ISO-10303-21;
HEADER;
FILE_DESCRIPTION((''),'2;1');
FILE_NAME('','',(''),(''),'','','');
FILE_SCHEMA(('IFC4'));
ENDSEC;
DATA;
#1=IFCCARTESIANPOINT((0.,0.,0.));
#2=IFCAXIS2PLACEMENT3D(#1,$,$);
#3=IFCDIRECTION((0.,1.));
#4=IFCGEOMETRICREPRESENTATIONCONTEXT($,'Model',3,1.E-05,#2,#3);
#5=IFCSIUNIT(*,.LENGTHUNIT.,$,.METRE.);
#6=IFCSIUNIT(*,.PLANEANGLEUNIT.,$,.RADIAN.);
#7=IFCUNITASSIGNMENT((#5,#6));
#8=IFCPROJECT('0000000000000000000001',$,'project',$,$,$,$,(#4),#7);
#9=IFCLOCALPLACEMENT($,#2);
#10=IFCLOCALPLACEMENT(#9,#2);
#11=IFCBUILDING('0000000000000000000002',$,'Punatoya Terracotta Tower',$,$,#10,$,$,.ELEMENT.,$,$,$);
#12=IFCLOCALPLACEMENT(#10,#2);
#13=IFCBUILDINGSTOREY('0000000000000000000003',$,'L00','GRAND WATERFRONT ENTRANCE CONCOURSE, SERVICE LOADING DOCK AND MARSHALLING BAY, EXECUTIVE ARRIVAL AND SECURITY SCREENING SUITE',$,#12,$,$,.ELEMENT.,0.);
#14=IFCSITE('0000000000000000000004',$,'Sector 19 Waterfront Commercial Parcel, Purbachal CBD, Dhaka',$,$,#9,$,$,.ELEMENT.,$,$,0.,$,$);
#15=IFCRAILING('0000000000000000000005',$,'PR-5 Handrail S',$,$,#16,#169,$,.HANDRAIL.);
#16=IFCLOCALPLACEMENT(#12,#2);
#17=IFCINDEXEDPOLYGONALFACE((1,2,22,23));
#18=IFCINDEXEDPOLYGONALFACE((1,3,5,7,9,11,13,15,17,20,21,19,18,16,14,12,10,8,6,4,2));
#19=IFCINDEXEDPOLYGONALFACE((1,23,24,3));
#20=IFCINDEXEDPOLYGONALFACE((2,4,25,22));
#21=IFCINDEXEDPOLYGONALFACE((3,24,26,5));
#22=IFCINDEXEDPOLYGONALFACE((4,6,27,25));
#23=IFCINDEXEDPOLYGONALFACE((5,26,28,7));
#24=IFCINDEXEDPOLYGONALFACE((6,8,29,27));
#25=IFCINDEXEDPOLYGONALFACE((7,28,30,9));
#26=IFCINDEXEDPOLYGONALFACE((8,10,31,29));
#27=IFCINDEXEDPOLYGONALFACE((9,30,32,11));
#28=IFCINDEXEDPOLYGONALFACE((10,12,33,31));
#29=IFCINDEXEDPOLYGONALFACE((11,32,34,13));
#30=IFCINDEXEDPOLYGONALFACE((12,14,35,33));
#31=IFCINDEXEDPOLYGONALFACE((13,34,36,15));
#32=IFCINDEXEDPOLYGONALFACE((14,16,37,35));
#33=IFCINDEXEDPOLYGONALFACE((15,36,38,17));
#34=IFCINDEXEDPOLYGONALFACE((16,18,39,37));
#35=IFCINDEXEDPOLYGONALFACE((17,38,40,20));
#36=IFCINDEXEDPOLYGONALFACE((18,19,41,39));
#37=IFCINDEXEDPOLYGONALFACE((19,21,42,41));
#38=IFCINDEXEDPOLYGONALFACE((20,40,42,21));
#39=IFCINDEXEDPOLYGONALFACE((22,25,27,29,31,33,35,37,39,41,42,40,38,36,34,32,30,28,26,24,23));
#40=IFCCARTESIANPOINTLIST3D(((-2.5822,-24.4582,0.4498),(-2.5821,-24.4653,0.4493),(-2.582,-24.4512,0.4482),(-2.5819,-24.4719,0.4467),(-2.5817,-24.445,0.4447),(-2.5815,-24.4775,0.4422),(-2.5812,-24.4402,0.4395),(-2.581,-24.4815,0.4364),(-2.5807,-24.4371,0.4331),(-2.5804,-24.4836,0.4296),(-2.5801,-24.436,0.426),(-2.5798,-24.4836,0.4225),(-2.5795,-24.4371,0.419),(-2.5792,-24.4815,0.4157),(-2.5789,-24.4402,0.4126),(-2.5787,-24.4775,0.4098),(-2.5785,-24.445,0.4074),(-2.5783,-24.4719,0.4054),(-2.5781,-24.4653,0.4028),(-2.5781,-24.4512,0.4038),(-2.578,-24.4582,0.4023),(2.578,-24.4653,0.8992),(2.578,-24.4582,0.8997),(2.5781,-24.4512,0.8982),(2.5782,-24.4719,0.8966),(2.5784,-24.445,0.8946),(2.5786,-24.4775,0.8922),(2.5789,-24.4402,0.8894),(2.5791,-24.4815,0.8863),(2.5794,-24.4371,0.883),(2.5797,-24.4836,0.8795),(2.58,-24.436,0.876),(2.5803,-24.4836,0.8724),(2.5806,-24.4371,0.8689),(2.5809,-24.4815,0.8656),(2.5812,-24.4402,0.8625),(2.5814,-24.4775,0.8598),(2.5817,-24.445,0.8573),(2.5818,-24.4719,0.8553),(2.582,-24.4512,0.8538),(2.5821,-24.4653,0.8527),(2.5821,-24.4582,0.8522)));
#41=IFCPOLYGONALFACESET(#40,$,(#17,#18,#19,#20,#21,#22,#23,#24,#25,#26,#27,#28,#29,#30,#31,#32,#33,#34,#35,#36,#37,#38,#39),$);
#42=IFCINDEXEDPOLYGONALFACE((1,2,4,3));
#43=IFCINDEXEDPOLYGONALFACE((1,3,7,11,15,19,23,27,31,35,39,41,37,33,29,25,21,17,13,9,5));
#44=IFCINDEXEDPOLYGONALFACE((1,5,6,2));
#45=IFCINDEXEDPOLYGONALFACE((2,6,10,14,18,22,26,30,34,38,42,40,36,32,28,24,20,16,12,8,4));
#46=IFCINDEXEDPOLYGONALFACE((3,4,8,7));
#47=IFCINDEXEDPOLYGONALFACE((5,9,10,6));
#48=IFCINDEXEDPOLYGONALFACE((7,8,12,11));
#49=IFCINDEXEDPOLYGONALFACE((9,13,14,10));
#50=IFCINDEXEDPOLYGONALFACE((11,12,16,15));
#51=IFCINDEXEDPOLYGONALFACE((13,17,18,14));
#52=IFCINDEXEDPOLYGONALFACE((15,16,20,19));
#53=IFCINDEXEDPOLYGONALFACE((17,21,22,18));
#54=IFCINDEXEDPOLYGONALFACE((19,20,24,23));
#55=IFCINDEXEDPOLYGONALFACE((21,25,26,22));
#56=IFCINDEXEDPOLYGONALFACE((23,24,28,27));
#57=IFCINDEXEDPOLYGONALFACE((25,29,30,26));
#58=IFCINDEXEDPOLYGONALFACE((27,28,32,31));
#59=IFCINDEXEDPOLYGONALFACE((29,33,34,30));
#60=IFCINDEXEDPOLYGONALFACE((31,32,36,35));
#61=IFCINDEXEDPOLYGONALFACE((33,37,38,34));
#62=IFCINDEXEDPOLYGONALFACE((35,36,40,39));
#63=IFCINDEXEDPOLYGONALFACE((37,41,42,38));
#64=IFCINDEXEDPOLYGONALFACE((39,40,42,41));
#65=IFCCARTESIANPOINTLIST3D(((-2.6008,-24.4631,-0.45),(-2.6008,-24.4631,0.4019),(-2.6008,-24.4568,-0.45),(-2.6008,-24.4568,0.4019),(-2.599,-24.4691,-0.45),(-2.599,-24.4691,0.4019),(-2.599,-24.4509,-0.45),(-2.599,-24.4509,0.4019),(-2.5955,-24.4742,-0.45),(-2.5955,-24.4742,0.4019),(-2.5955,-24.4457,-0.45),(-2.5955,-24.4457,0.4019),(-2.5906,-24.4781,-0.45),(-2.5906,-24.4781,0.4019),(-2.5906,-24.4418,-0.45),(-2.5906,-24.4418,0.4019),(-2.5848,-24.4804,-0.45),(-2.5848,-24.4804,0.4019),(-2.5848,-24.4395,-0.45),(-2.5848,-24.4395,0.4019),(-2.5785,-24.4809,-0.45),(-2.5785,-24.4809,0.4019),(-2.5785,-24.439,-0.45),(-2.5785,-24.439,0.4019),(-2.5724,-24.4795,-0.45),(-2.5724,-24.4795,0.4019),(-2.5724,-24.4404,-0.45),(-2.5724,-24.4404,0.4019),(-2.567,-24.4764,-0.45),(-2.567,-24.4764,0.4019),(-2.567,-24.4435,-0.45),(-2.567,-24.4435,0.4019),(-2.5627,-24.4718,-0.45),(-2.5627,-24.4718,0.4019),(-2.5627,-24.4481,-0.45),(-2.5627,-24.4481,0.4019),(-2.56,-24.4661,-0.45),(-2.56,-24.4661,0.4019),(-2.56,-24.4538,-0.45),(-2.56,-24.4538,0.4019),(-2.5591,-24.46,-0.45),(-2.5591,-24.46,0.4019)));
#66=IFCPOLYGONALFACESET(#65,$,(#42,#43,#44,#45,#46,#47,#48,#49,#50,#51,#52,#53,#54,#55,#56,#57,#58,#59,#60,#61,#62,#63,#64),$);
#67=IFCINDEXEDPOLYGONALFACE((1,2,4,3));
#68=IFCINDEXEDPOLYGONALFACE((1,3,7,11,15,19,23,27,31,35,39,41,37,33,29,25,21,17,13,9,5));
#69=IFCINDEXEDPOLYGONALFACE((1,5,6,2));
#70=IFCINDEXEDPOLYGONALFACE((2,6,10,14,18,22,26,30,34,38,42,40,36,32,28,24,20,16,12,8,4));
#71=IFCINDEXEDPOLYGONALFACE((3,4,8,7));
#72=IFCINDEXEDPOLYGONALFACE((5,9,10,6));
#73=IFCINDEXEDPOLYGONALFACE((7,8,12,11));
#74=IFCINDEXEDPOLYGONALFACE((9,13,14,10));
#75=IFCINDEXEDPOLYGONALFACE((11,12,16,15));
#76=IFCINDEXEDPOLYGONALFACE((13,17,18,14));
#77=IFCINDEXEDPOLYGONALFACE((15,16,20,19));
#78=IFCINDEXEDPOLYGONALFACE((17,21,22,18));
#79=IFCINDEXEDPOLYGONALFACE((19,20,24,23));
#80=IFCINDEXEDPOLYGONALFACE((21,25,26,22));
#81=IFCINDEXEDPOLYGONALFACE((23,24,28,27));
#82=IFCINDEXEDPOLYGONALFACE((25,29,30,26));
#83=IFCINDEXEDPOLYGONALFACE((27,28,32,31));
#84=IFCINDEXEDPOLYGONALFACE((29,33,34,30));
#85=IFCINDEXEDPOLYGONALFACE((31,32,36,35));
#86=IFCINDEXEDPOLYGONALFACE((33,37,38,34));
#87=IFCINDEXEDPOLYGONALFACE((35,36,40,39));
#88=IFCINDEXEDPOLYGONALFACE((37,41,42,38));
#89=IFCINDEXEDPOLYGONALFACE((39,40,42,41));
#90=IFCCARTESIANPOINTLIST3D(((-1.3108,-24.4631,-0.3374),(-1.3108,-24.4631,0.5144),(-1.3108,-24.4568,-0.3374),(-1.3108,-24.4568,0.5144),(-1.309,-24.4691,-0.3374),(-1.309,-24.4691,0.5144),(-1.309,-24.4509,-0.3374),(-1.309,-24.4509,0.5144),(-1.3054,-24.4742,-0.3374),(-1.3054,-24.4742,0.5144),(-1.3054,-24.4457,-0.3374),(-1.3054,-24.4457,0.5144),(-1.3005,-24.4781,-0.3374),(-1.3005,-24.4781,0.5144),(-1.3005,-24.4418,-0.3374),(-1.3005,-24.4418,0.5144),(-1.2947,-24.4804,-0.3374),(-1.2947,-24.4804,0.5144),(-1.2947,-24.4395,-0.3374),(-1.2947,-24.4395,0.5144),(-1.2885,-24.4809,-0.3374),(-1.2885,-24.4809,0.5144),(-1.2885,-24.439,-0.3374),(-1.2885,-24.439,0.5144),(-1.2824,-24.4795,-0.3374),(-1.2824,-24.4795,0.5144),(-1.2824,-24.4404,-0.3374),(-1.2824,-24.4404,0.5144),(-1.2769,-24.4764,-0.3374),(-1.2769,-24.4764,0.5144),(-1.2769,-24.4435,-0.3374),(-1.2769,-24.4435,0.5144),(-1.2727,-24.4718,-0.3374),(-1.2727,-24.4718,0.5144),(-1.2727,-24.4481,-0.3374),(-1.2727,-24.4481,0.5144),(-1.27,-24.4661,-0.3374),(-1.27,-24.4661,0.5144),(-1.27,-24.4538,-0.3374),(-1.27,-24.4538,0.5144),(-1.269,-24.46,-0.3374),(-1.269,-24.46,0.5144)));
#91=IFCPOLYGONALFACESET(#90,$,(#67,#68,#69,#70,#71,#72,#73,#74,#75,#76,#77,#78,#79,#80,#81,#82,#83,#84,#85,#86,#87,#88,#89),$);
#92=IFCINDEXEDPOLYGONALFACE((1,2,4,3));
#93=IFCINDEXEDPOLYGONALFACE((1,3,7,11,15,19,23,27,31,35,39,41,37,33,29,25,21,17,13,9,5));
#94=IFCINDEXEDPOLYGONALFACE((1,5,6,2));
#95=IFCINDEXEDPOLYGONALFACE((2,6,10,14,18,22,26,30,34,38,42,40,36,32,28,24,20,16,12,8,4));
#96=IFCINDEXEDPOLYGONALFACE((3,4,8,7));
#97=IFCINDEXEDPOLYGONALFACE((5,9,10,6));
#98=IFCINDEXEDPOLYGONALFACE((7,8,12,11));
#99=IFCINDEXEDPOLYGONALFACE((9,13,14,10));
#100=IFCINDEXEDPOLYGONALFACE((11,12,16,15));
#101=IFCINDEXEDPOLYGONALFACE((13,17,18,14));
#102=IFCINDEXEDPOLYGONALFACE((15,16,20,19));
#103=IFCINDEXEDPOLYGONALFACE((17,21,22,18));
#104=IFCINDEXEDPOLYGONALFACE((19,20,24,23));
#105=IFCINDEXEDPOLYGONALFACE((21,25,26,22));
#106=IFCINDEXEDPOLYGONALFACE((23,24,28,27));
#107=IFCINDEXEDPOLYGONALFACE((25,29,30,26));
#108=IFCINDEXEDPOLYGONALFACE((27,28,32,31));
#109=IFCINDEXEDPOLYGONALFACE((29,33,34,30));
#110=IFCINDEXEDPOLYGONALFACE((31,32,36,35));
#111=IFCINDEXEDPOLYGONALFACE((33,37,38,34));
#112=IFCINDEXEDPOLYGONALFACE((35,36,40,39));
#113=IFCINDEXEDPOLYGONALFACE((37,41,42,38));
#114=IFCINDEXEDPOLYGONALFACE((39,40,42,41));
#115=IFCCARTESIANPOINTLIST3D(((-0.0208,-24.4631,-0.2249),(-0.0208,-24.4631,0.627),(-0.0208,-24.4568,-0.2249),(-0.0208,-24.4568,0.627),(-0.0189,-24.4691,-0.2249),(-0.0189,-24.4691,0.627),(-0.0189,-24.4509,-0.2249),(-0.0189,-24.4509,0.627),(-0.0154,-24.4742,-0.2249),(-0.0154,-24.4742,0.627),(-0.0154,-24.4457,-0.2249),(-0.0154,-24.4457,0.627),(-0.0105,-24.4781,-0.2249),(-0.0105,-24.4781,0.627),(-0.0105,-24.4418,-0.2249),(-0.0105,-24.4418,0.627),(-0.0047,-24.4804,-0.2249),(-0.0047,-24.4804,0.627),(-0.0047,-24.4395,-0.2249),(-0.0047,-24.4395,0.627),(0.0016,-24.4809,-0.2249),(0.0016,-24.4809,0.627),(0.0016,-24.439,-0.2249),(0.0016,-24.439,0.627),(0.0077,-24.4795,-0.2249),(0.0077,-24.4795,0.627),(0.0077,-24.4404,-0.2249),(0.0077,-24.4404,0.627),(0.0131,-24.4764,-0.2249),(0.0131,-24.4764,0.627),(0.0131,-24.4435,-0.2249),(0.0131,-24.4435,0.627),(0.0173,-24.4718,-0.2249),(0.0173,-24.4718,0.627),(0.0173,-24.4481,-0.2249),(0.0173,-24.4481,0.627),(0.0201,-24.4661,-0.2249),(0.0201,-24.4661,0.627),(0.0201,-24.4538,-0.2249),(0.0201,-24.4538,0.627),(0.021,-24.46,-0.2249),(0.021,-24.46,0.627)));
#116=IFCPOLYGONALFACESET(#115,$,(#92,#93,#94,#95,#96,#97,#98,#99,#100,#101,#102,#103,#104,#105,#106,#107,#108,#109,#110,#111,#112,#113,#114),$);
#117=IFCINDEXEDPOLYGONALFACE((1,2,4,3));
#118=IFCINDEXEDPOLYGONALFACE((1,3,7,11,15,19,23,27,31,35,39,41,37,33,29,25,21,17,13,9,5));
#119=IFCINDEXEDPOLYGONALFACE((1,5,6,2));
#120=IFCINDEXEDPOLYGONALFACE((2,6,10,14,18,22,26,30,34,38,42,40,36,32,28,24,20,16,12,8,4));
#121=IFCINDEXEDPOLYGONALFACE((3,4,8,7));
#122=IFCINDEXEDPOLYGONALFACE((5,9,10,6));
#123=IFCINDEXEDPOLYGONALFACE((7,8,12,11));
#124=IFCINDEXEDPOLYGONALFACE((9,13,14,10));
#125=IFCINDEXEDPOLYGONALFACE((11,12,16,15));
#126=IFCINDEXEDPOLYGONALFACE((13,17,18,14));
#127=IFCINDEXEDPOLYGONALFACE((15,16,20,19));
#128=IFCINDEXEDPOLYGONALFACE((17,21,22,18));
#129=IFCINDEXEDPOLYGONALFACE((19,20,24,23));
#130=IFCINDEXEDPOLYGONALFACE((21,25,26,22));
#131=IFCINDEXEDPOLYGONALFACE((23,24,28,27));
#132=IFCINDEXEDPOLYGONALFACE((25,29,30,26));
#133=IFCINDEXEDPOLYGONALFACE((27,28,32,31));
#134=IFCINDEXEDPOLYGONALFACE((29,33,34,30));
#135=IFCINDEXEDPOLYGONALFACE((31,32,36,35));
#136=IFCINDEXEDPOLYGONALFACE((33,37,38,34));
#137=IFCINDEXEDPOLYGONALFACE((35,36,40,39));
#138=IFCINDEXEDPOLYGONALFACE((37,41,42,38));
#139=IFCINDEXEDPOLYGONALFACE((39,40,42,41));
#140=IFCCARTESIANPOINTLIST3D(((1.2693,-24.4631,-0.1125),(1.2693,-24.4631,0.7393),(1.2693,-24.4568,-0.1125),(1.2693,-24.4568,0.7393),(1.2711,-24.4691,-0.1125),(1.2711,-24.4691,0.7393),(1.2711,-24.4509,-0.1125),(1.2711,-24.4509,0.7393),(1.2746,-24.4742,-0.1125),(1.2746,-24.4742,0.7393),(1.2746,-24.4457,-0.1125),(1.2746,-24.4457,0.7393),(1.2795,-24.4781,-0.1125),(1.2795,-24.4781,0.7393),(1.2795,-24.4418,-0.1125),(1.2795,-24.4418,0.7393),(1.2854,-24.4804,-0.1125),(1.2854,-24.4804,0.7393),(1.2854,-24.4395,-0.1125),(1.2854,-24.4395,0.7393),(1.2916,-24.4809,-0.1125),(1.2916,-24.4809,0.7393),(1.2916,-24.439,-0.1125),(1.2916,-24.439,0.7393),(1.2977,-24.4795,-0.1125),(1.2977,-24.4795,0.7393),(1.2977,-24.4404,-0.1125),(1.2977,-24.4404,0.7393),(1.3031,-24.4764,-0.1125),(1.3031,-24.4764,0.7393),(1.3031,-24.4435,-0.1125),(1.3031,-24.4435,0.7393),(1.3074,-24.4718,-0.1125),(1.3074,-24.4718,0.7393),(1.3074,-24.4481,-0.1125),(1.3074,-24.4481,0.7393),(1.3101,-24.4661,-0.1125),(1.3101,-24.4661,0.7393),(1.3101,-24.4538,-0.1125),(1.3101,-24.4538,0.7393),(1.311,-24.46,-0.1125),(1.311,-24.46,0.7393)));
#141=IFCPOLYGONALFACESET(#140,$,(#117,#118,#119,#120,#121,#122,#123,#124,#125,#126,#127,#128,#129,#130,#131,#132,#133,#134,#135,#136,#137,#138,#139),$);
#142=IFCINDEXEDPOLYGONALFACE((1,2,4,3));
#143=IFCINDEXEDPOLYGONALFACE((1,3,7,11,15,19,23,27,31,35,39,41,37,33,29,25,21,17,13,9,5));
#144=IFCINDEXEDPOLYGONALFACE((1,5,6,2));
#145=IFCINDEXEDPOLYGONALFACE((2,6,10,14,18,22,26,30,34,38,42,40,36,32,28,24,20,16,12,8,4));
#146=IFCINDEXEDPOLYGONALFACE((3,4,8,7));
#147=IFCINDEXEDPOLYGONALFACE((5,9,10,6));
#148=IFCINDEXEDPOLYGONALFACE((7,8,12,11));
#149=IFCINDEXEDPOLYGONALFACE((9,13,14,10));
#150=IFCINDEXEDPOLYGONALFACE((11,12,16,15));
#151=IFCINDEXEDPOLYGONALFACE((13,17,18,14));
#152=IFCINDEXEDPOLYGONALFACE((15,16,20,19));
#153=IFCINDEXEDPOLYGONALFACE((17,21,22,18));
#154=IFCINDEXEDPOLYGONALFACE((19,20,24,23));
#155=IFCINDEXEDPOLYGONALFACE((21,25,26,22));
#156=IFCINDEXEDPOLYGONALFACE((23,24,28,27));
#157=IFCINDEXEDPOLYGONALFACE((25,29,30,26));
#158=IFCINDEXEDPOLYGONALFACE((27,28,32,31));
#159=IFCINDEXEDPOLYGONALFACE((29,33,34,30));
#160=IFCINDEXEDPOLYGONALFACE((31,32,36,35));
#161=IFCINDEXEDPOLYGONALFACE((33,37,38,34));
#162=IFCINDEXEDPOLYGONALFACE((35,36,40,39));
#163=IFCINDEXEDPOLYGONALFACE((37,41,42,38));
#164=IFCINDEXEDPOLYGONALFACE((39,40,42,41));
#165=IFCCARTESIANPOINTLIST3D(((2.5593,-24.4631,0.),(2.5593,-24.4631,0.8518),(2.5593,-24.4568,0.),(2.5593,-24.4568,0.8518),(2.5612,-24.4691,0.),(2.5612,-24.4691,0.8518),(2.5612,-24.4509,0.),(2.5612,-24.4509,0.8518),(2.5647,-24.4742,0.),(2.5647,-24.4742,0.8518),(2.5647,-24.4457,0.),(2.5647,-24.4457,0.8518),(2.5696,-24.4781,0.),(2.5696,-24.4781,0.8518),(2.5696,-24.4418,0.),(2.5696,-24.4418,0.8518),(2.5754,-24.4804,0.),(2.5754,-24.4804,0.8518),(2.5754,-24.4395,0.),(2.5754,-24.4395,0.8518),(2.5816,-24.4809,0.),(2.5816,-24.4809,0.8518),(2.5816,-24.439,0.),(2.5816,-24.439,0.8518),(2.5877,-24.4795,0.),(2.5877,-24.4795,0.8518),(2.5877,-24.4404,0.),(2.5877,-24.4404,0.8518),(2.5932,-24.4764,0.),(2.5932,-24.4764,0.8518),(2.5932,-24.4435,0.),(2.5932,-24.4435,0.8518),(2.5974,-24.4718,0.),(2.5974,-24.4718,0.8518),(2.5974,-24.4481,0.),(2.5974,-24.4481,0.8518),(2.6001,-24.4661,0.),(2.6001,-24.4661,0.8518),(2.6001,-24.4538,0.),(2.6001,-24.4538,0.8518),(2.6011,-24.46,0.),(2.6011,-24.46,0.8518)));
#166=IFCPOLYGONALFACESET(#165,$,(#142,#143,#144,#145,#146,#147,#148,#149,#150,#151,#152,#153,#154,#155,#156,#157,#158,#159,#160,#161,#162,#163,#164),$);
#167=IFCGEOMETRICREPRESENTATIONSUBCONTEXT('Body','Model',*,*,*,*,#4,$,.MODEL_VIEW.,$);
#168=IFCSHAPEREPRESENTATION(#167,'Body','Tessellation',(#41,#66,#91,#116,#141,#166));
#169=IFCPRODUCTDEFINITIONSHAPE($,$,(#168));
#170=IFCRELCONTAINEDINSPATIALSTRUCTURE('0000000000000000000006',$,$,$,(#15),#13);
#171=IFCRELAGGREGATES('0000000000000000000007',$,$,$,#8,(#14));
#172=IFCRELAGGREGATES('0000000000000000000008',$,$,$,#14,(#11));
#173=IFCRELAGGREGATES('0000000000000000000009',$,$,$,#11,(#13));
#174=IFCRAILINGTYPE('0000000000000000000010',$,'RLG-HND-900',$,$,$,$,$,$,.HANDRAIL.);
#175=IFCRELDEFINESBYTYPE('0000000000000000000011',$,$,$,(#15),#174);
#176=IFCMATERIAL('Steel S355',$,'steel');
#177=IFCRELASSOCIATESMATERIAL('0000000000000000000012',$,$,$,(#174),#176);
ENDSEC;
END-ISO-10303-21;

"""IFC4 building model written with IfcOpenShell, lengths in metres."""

from ifc_helpers import new_model, si_unit, direction, frame, origin, origin_2d, place, context, subcontext, project, spatial, circle, extrude, material, type_object, element, save


model = new_model("IFC4")

# Units and contexts
model_context = context("Model", 3, precision=1e-05, world=origin(), true_north=direction((0.0, 1.0)))
body_context = subcontext(model_context, "Body", "Model", "MODEL_VIEW")
ifc_project = project(units=[si_unit("LENGTHUNIT", "METRE"), si_unit("PLANEANGLEUNIT", "RADIAN")], contexts=[model_context])

# Site, building, storey
site_placement = place(None, origin())
site = spatial("IfcSite", under=ifc_project, at=site_placement, Name="Sector 19 Waterfront Commercial Parcel, Purbachal CBD, Dhaka", CompositionType="ELEMENT", RefElevation=0.0)
building_placement = place(site_placement, origin())
building = spatial("IfcBuilding", under=site, at=building_placement, Name="Punatoya Terracotta Tower", CompositionType="ELEMENT")
storey_placement = place(building_placement, origin())
storey = spatial("IfcBuildingStorey", under=building, at=storey_placement, Name="L00", Description="GRAND WATERFRONT ENTRANCE CONCOURSE, SERVICE LOADING DOCK AND MARSHALLING BAY, EXECUTIVE ARRIVAL AND SECURITY SCREENING SUITE", CompositionType="ELEMENT", Elevation=0.0)

# Shared definitions
ifc_material_1 = material(Name="Steel S355", Category="steel")

# Railing
railing_type_1 = type_object("IfcRailingType", Name="RLG-HND-900", PredefinedType="HANDRAIL", material=ifc_material_1)
for number, where, name in (
    (1, (-2.5801, -24.46, -0.45), "PR-5 Handrail S"),
):
    element("IfcRailing", number, at=place(storey_placement, frame(where)), inside=storey, type_object=railing_type_1, Name=name, PredefinedType="HANDRAIL", context=body_context, shape_type="SweptSolid", body=[
        extrude(circle(Radius=0.0239, at=origin_2d()), frame((0.0, 0.0, 0.876), z_axis=(0.99622, 0.0, 0.086868), x_axis=(0.0, 1.0, 0.0)), (0.0, 0.0, 1.0), 5.1797),
        extrude(circle(Radius=0.021, at=origin_2d()), origin(), (0.0, 0.0, 1.0), 0.8518),
        extrude(circle(Radius=0.021, at=origin_2d()), frame((1.29, 0.0, 0.1125)), (0.0, 0.0, 1.0), 0.8518),
        extrude(circle(Radius=0.021, at=origin_2d()), frame((2.5801, 0.0, 0.2251)), (0.0, 0.0, 1.0), 0.8518),
        extrude(circle(Radius=0.021, at=origin_2d()), frame((3.8701, 0.0, 0.3374)), (0.0, 0.0, 1.0), 0.8518),
        extrude(circle(Radius=0.021, at=origin_2d()), frame((5.1602, 0.0, 0.45)), (0.0, 0.0, 1.0), 0.8518),
    ])

save(model, "model.ifc")
